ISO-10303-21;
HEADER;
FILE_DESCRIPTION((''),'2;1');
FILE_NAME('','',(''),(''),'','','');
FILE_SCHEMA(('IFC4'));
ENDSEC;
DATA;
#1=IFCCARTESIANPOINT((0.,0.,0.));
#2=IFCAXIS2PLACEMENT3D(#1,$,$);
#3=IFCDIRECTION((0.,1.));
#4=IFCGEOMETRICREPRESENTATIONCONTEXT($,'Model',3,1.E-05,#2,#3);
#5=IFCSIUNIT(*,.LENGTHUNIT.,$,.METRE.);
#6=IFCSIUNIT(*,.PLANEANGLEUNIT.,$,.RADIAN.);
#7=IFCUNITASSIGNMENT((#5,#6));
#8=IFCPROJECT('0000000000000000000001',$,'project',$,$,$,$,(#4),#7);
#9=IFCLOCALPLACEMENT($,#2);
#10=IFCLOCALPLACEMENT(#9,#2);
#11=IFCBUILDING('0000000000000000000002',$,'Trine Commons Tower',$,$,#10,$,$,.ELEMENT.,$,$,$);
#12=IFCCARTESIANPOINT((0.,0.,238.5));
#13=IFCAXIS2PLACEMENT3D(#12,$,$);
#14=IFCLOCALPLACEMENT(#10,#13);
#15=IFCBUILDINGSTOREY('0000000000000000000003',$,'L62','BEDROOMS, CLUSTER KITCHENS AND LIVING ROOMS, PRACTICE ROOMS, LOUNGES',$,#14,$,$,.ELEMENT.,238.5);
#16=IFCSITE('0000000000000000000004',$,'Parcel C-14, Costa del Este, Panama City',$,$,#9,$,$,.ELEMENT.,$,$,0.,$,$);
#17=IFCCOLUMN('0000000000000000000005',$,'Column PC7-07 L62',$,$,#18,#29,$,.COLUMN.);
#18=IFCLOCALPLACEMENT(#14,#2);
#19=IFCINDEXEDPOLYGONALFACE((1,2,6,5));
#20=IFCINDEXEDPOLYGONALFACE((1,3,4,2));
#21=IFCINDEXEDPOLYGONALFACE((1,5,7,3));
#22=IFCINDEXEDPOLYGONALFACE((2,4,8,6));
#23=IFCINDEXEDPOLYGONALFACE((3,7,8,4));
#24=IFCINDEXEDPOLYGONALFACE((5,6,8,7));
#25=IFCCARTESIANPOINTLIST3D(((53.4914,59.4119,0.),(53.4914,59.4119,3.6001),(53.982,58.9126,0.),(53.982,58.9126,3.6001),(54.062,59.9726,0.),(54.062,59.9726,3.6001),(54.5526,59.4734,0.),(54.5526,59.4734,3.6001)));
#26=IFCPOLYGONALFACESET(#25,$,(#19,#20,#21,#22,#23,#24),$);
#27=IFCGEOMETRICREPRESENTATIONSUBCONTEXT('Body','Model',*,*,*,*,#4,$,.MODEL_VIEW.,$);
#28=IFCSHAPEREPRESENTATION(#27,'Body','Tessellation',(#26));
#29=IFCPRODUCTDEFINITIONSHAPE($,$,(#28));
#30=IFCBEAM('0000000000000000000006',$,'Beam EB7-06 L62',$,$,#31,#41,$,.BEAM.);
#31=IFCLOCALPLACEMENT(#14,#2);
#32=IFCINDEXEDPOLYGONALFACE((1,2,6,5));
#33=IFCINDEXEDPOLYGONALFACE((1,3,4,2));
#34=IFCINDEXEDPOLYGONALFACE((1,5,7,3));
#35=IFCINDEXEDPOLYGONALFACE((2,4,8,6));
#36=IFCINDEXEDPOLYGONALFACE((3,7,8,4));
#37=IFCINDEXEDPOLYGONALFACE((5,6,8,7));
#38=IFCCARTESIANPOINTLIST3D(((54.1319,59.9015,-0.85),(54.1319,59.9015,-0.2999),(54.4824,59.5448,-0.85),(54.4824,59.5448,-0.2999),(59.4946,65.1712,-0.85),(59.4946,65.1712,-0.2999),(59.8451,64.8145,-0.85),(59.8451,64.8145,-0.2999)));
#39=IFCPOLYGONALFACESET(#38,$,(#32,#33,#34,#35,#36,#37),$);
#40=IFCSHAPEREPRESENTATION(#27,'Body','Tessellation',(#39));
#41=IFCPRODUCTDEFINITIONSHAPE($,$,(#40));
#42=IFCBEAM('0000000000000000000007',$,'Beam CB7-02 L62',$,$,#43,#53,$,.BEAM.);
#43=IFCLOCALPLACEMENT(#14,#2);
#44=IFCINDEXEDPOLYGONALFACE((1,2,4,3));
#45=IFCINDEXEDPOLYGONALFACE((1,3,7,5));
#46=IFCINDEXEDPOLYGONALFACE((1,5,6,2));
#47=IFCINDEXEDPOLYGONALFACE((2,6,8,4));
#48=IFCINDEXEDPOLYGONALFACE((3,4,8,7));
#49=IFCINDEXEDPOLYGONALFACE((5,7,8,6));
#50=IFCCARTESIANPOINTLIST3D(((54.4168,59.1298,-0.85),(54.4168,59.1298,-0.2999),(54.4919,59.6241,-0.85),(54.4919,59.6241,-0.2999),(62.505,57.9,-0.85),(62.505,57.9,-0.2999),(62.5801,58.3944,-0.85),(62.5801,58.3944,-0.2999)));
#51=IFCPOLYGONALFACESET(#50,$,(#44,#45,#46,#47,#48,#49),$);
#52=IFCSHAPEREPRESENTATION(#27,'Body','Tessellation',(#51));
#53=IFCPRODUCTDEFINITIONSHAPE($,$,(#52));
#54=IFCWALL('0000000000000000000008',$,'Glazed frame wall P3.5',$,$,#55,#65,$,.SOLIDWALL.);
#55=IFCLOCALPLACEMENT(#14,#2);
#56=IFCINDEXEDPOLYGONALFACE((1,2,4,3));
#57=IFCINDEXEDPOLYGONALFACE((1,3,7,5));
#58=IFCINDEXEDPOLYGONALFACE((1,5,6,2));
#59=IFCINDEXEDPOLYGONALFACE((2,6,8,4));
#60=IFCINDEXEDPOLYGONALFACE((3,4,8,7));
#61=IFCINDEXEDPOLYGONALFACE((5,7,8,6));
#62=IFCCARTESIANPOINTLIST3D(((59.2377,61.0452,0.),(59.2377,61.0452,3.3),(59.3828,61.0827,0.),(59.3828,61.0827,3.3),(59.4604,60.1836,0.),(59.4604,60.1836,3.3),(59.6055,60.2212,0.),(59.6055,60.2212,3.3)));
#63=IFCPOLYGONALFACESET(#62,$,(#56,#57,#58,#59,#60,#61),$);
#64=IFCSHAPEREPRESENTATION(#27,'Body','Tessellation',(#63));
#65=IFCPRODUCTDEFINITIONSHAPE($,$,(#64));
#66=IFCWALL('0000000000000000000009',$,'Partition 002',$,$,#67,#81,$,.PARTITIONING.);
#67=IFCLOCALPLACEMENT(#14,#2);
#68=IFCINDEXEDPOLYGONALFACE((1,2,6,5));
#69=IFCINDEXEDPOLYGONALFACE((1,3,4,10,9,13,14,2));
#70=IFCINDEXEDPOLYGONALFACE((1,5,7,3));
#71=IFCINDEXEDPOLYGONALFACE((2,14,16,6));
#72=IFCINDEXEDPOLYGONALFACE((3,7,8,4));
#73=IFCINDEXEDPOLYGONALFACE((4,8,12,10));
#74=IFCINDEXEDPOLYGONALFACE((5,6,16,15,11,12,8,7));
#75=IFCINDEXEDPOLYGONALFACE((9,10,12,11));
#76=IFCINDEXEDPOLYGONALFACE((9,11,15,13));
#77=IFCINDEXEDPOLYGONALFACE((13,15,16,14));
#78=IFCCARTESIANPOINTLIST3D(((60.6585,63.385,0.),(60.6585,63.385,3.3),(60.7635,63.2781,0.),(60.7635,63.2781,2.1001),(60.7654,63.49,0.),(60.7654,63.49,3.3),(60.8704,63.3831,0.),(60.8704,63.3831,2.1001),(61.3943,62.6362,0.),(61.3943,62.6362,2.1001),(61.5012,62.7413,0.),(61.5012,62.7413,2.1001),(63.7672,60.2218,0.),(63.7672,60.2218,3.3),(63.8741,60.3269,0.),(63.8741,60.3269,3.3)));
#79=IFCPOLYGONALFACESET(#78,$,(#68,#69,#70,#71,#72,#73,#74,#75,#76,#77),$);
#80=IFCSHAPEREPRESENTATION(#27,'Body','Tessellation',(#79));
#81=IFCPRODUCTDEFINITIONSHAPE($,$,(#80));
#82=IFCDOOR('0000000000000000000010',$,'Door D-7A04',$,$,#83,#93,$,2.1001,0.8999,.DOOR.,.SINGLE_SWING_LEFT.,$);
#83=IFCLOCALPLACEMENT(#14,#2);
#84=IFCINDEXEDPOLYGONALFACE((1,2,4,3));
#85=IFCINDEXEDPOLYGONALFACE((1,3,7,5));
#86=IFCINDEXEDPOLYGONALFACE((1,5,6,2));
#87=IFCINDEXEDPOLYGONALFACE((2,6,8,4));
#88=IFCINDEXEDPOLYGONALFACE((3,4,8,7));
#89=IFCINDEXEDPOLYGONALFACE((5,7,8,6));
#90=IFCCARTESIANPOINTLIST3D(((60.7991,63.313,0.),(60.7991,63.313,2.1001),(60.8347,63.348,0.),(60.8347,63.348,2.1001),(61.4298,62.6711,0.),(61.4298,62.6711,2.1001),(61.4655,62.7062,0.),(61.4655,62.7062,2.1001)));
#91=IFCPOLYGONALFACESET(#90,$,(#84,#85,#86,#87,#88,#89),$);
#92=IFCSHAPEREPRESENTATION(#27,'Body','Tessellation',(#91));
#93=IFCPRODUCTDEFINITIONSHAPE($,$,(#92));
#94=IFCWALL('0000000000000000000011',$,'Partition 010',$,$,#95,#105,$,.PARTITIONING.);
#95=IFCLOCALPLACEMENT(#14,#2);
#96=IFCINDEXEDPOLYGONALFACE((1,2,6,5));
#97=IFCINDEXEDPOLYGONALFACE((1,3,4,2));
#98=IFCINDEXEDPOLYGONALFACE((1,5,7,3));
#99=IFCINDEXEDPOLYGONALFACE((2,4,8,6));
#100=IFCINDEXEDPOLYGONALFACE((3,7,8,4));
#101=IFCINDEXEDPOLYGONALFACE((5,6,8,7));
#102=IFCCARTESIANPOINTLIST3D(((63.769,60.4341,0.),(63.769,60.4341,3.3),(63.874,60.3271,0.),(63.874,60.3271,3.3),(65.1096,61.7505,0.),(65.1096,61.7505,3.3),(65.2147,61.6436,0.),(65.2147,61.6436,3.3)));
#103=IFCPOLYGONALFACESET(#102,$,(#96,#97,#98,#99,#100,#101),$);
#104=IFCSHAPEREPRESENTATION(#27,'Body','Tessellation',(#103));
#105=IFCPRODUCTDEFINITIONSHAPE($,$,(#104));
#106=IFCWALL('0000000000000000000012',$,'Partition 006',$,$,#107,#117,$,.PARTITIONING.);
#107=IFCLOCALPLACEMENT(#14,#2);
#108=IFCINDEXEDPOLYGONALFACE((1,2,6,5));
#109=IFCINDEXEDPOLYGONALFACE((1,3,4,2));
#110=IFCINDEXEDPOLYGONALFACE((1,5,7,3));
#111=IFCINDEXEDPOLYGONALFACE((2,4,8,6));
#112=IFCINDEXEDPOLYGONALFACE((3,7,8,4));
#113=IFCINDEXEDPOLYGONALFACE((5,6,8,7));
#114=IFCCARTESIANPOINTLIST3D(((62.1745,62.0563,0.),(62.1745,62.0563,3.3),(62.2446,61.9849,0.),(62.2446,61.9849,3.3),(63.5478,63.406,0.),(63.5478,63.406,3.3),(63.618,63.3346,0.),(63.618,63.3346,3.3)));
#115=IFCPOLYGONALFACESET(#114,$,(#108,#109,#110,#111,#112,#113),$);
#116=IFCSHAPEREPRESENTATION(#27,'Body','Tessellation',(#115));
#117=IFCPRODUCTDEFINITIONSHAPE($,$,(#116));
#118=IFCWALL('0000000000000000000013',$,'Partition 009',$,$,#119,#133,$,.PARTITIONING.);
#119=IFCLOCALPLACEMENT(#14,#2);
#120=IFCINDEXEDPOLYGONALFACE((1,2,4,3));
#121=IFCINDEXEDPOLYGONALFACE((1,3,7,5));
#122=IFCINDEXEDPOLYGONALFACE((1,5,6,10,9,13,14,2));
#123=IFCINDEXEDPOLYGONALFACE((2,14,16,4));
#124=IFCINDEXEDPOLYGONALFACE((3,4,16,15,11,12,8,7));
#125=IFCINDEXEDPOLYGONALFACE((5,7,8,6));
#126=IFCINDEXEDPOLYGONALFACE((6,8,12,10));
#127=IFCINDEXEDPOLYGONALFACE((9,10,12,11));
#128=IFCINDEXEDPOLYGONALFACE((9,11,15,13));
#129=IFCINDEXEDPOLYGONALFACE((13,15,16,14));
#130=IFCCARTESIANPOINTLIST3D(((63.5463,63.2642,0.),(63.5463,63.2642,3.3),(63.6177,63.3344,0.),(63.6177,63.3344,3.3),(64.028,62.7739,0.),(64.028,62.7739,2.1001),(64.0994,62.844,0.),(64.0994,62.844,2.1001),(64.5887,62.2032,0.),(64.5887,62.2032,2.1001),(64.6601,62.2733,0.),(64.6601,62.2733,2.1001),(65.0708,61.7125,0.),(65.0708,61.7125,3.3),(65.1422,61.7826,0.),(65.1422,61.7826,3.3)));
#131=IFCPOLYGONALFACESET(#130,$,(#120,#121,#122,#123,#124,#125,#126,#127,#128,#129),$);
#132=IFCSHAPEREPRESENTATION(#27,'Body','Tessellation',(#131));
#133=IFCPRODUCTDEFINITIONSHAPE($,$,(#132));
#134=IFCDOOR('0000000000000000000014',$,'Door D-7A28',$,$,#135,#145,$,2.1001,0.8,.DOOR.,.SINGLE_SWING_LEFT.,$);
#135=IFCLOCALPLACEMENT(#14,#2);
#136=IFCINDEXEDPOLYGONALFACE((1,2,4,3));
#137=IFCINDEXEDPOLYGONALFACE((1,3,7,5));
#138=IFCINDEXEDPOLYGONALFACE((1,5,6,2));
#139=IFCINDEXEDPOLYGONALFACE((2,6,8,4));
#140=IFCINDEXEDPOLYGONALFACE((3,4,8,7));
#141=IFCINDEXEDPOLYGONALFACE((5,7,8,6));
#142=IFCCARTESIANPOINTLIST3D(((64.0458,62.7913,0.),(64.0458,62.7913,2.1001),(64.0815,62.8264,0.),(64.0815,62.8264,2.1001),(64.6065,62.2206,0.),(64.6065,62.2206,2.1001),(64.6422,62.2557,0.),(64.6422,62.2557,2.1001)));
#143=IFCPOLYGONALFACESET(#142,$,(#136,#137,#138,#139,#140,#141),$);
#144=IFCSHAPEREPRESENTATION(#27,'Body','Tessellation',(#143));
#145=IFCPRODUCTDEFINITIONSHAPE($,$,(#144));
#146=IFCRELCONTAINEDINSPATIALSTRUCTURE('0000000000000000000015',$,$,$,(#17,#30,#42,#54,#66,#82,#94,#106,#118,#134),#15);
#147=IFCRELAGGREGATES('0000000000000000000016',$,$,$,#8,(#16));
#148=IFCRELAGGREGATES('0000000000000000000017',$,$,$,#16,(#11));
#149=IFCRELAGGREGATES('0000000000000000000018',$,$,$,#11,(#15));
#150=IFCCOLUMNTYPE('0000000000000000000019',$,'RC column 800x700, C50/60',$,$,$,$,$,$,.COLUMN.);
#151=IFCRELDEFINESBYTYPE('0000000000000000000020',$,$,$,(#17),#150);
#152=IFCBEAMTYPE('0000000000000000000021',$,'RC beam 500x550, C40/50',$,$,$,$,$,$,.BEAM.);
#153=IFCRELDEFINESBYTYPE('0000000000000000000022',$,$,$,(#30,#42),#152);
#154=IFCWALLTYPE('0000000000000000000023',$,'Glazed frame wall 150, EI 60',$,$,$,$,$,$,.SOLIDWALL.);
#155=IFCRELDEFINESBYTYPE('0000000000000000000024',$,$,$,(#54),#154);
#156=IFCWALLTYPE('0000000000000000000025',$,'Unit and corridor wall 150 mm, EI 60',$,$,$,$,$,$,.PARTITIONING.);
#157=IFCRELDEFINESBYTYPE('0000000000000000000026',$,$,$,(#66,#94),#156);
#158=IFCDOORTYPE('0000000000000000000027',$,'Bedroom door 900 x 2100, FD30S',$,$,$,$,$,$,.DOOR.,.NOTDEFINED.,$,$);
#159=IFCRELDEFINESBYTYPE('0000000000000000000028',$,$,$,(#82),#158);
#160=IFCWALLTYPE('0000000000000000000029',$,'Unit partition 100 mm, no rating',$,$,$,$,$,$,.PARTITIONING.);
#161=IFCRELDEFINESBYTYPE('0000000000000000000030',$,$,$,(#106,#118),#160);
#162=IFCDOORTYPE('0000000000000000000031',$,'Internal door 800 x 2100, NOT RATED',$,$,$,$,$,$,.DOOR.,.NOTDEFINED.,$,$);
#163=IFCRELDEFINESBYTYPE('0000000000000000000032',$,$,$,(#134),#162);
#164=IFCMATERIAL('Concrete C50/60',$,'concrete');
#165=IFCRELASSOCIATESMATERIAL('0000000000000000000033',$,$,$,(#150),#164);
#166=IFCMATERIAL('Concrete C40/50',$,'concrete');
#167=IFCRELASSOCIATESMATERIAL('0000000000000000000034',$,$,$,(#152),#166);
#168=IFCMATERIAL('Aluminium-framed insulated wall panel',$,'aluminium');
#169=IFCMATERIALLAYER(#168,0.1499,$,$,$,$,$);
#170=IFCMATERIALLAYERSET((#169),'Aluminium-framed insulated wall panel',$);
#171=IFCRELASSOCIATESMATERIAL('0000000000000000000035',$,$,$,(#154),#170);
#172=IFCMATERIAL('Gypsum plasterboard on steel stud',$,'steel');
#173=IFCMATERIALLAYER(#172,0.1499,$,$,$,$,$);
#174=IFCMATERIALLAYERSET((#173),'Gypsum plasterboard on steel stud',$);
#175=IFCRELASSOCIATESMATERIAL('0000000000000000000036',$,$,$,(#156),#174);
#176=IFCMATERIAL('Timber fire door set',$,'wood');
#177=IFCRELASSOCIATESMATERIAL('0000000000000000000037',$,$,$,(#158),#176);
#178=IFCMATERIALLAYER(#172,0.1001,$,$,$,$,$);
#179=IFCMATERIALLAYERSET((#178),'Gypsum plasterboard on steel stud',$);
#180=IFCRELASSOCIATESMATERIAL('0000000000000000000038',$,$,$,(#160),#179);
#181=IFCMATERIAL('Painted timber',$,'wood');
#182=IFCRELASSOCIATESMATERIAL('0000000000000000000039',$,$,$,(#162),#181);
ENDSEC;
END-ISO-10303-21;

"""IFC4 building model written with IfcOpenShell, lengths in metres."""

from ifc_helpers import new_model, si_unit, direction, frame, frame_2d, origin, origin_2d, place, context, subcontext, project, spatial, polyline, rectangle, outline, extrude, material, layer, layer_set, material_profile, profile_set, type_object, element, fill, save


model = new_model("IFC4")

# Units and contexts
model_context = context("Model", 3, precision=1e-05, world=origin(), true_north=direction((0.0, 1.0)))
body_context = subcontext(model_context, "Body", "Model", "MODEL_VIEW")
ifc_project = project(units=[si_unit("LENGTHUNIT", "METRE"), si_unit("PLANEANGLEUNIT", "RADIAN")], contexts=[model_context])

# Site, building, storey
site_placement = place(None, origin())
site = spatial("IfcSite", under=ifc_project, at=site_placement, Name="Parcel C-14, Costa del Este, Panama City", CompositionType="ELEMENT", RefElevation=0.0)
building_placement = place(site_placement, origin())
building = spatial("IfcBuilding", under=site, at=building_placement, Name="Trine Commons Tower", CompositionType="ELEMENT")
storey_placement = place(building_placement, frame((0.0, 0.0, 238.5)))
storey = spatial("IfcBuildingStorey", under=building, at=storey_placement, Name="L62", Description="BEDROOMS, CLUSTER KITCHENS AND LIVING ROOMS, PRACTICE ROOMS, LOUNGES", CompositionType="ELEMENT", Elevation=238.5)

# Column
ifc_material_1 = material(Name="Concrete C50/60", Category="concrete")
ifc_material_profile_1 = material_profile(ifc_material_1, rectangle(XDim=0.8, YDim=0.7, at=origin_2d()), Name="RC 800x700")
ifc_profile_set_1 = profile_set([ifc_material_profile_1], Name="Concrete C50/60")
column_type = type_object("IfcColumnType", Name="RC column 800x700, C50/60", PredefinedType="COLUMN", material=ifc_profile_set_1)
column_placement = place(storey_placement, frame((54.022, 59.4426, 0.0), z_axis=(0.0, 0.0, 1.0), x_axis=(0.71325, 0.700909, 0.0)))
element("IfcColumn", 1, at=column_placement, inside=storey, type_object=column_type, Name="Column PC7-07 L62", PredefinedType="COLUMN", context=body_context, shape_type="SweptSolid", body=[
    extrude(rectangle(XDim=0.8, YDim=0.7, at=origin_2d()), origin(), (0.0, 0.0, 1.0), 3.6001),
])

# Beams
ifc_material_2 = material(Name="Concrete C40/50", Category="concrete")
ifc_material_profile_2 = material_profile(ifc_material_2, rectangle(XDim=0.5, YDim=0.55, at=origin_2d()), Name="RC 500x550")
ifc_profile_set_2 = profile_set([ifc_material_profile_2], Name="Concrete C40/50")
beam_type = type_object("IfcBeamType", Name="RC beam 500x550, C40/50", PredefinedType="BEAM", material=ifc_profile_set_2)
beam_1_placement = place(storey_placement, frame((54.3071, 59.7231, -0.575), z_axis=(0.713266, 0.700894, 0.0), x_axis=(-0.700894, 0.713266, 0.0)))
element("IfcBeam", 2, at=beam_1_placement, inside=storey, type_object=beam_type, Name="Beam EB7-06 L62", PredefinedType="BEAM", context=body_context, shape_type="SweptSolid", body=[
    extrude(rectangle(XDim=0.5, YDim=0.55, at=origin_2d()), origin(), (0.0, 0.0, 1.0), 7.5186),
])
beam_2_placement = place(storey_placement, frame((54.4543, 59.377, -0.575), z_axis=(0.988638, -0.150315, 0.0), x_axis=(0.150315, 0.988638, 0.0)))
element("IfcBeam", 3, at=beam_2_placement, inside=storey, type_object=beam_type, Name="Beam CB7-02 L62", PredefinedType="BEAM", context=body_context, shape_type="SweptSolid", body=[
    extrude(rectangle(XDim=0.5, YDim=0.55, at=origin_2d()), origin(), (0.0, 0.0, 1.0), 8.1812),
])

# Shared definitions
ifc_material_3 = material(Name="Aluminium-framed insulated wall panel", Category="aluminium")
ifc_layer_1 = layer(ifc_material_3, 0.1499)
ifc_layer_set_1 = layer_set([ifc_layer_1], Name="Aluminium-framed insulated wall panel")
wall_type_1 = type_object("IfcWallType", Name="Glazed frame wall 150, EI 60", PredefinedType="SOLIDWALL", material=ifc_layer_set_1)

# Wall
wall_1_placement = place(storey_placement, frame((59.533, 60.2024, 0.0), z_axis=(0.0, 0.0, 1.0), x_axis=(-0.250284, 0.968172, 0.0)))
element("IfcWall", 4, at=wall_1_placement, inside=storey, type_object=wall_type_1, Name="Glazed frame wall P3.5", PredefinedType="SOLIDWALL", context=body_context, shape_type="SweptSolid", body=[
    extrude(outline(polyline([(0.8899, 0.075), (0.0, 0.075), (0.0, -0.075), (0.8899, -0.075), (0.8899, 0.075)])), origin(), (0.0, 0.0, 1.0), 3.3),
])

# Wall, opening, door
ifc_material_4 = material(Name="Gypsum plasterboard on steel stud", Category="steel")
ifc_layer_2 = layer(ifc_material_4, 0.1499)
ifc_layer_set_2 = layer_set([ifc_layer_2], Name="Gypsum plasterboard on steel stud")
wall_type_2 = type_object("IfcWallType", Name="Unit and corridor wall 150 mm, EI 60", PredefinedType="PARTITIONING", material=ifc_layer_set_2)
wall_2_placement = place(storey_placement, frame((60.7119, 63.4375, 0.0), z_axis=(0.0, 0.0, 1.0), x_axis=(0.700942, -0.713218, 0.0)))
wall_2 = element("IfcWall", 5, at=wall_2_placement, inside=storey, type_object=wall_type_2, Name="Partition 002", PredefinedType="PARTITIONING", context=body_context, shape_type="SweptSolid", body=[
    extrude(rectangle(XDim=4.4351, YDim=0.1499, at=frame_2d((2.2175, 0.0))), origin(), (0.0, 0.0, 1.0), 3.3),
])
opening_1_placement = place(wall_2_placement, frame((0.1499, 0.0, 0.0)))
opening_1 = element("IfcOpeningElement", 6, at=opening_1_placement, cuts=wall_2, PredefinedType="OPENING", context=body_context, shape_type="SweptSolid", body=[
    extrude(rectangle(XDim=0.8999, YDim=2.1001, at=frame_2d((0.45, 1.05))), frame((0.0, 0.085, 0.0), z_axis=(0.0, -1.0, 0.0), x_axis=(1.0, 0.0, 0.0)), (0.0, 0.0, 1.0), 0.1699),
])
ifc_material_5 = material(Name="Timber fire door set", Category="wood")
door_type_1 = type_object("IfcDoorType", Name="Bedroom door 900 x 2100, FD30S", OperationType="NOTDEFINED", PredefinedType="DOOR", material=ifc_material_5)
door_1_placement = place(opening_1_placement, origin())
door_1 = element("IfcDoor", 7, at=door_1_placement, inside=storey, type_object=door_type_1, Name="Door D-7A04", OperationType="SINGLE_SWING_LEFT", OverallHeight=2.1001, OverallWidth=0.8999, PredefinedType="DOOR", context=body_context, shape_type="SweptSolid", body=[
    extrude(rectangle(XDim=0.8999, YDim=2.1001, at=frame_2d((0.45, 1.05))), frame((0.0, 0.0249, 0.0), z_axis=(0.0, -1.0, 0.0), x_axis=(1.0, 0.0, 0.0)), (0.0, 0.0, 1.0), 0.05),
])
fill(opening_1, door_1)

# Walls
wall_3_placement = place(storey_placement, frame((63.8215, 60.3806, 0.0), z_axis=(0.0, 0.0, 1.0), x_axis=(0.71351, 0.700645, 0.0)))
element("IfcWall", 8, at=wall_3_placement, inside=storey, type_object=wall_type_2, Name="Partition 010", PredefinedType="PARTITIONING", context=body_context, shape_type="SweptSolid", body=[
    extrude(rectangle(XDim=1.8789, YDim=0.1499, at=frame_2d((0.9395, 0.0))), origin(), (0.0, 0.0, 1.0), 3.3),
])
ifc_layer_3 = layer(ifc_material_4, 0.1001)
ifc_layer_set_3 = layer_set([ifc_layer_3], Name="Gypsum plasterboard on steel stud")
wall_type_3 = type_object("IfcWallType", Name="Unit partition 100 mm, no rating", PredefinedType="PARTITIONING", material=ifc_layer_set_3)
wall_4_placement = place(storey_placement, frame((62.2095, 62.0205, 0.0), z_axis=(0.0, 0.0, 1.0), x_axis=(0.71323, 0.70093, 0.0)))
element("IfcWall", 9, at=wall_4_placement, inside=storey, type_object=wall_type_3, Name="Partition 006", PredefinedType="PARTITIONING", context=body_context, shape_type="SweptSolid", body=[
    extrude(rectangle(XDim=1.9255, YDim=0.1001, at=frame_2d((0.9629, 0.0))), origin(), (0.0, 0.0, 1.0), 3.3),
])

# Wall, opening, door
wall_5_placement = place(storey_placement, frame((63.582, 63.2993, 0.0), z_axis=(0.0, 0.0, 1.0), x_axis=(0.700794, -0.713364, 0.0)))
wall_5 = element("IfcWall", 10, at=wall_5_placement, inside=storey, type_object=wall_type_3, Name="Partition 009", PredefinedType="PARTITIONING", context=body_context, shape_type="SweptSolid", body=[
    extrude(rectangle(XDim=2.1753, YDim=0.1001, at=frame_2d((1.0876, 0.0))), origin(), (0.0, 0.0, 1.0), 3.3),
])
opening_2_placement = place(wall_5_placement, frame((0.6875, 0.0, 0.0)))
opening_2 = element("IfcOpeningElement", 11, at=opening_2_placement, cuts=wall_5, PredefinedType="OPENING", context=body_context, shape_type="SweptSolid", body=[
    extrude(rectangle(XDim=0.8, YDim=2.1001, at=frame_2d((0.3999, 1.05))), frame((0.0, 0.0601, 0.0), z_axis=(0.0, -1.0, 0.0), x_axis=(1.0, 0.0, 0.0)), (0.0, 0.0, 1.0), 0.1201),
])
ifc_material_6 = material(Name="Painted timber", Category="wood")
door_type_2 = type_object("IfcDoorType", Name="Internal door 800 x 2100, NOT RATED", OperationType="NOTDEFINED", PredefinedType="DOOR", material=ifc_material_6)
door_2_placement = place(opening_2_placement, origin())
door_2 = element("IfcDoor", 12, at=door_2_placement, inside=storey, type_object=door_type_2, Name="Door D-7A28", OperationType="SINGLE_SWING_LEFT", OverallHeight=2.1001, OverallWidth=0.8, PredefinedType="DOOR", context=body_context, shape_type="SweptSolid", body=[
    extrude(rectangle(XDim=0.8, YDim=2.1001, at=frame_2d((0.3999, 1.05))), frame((0.0, 0.0249, 0.0), z_axis=(0.0, -1.0, 0.0), x_axis=(1.0, 0.0, 0.0)), (0.0, 0.0, 1.0), 0.05),
])
fill(opening_2, door_2)

save(model, "model.ifc")
